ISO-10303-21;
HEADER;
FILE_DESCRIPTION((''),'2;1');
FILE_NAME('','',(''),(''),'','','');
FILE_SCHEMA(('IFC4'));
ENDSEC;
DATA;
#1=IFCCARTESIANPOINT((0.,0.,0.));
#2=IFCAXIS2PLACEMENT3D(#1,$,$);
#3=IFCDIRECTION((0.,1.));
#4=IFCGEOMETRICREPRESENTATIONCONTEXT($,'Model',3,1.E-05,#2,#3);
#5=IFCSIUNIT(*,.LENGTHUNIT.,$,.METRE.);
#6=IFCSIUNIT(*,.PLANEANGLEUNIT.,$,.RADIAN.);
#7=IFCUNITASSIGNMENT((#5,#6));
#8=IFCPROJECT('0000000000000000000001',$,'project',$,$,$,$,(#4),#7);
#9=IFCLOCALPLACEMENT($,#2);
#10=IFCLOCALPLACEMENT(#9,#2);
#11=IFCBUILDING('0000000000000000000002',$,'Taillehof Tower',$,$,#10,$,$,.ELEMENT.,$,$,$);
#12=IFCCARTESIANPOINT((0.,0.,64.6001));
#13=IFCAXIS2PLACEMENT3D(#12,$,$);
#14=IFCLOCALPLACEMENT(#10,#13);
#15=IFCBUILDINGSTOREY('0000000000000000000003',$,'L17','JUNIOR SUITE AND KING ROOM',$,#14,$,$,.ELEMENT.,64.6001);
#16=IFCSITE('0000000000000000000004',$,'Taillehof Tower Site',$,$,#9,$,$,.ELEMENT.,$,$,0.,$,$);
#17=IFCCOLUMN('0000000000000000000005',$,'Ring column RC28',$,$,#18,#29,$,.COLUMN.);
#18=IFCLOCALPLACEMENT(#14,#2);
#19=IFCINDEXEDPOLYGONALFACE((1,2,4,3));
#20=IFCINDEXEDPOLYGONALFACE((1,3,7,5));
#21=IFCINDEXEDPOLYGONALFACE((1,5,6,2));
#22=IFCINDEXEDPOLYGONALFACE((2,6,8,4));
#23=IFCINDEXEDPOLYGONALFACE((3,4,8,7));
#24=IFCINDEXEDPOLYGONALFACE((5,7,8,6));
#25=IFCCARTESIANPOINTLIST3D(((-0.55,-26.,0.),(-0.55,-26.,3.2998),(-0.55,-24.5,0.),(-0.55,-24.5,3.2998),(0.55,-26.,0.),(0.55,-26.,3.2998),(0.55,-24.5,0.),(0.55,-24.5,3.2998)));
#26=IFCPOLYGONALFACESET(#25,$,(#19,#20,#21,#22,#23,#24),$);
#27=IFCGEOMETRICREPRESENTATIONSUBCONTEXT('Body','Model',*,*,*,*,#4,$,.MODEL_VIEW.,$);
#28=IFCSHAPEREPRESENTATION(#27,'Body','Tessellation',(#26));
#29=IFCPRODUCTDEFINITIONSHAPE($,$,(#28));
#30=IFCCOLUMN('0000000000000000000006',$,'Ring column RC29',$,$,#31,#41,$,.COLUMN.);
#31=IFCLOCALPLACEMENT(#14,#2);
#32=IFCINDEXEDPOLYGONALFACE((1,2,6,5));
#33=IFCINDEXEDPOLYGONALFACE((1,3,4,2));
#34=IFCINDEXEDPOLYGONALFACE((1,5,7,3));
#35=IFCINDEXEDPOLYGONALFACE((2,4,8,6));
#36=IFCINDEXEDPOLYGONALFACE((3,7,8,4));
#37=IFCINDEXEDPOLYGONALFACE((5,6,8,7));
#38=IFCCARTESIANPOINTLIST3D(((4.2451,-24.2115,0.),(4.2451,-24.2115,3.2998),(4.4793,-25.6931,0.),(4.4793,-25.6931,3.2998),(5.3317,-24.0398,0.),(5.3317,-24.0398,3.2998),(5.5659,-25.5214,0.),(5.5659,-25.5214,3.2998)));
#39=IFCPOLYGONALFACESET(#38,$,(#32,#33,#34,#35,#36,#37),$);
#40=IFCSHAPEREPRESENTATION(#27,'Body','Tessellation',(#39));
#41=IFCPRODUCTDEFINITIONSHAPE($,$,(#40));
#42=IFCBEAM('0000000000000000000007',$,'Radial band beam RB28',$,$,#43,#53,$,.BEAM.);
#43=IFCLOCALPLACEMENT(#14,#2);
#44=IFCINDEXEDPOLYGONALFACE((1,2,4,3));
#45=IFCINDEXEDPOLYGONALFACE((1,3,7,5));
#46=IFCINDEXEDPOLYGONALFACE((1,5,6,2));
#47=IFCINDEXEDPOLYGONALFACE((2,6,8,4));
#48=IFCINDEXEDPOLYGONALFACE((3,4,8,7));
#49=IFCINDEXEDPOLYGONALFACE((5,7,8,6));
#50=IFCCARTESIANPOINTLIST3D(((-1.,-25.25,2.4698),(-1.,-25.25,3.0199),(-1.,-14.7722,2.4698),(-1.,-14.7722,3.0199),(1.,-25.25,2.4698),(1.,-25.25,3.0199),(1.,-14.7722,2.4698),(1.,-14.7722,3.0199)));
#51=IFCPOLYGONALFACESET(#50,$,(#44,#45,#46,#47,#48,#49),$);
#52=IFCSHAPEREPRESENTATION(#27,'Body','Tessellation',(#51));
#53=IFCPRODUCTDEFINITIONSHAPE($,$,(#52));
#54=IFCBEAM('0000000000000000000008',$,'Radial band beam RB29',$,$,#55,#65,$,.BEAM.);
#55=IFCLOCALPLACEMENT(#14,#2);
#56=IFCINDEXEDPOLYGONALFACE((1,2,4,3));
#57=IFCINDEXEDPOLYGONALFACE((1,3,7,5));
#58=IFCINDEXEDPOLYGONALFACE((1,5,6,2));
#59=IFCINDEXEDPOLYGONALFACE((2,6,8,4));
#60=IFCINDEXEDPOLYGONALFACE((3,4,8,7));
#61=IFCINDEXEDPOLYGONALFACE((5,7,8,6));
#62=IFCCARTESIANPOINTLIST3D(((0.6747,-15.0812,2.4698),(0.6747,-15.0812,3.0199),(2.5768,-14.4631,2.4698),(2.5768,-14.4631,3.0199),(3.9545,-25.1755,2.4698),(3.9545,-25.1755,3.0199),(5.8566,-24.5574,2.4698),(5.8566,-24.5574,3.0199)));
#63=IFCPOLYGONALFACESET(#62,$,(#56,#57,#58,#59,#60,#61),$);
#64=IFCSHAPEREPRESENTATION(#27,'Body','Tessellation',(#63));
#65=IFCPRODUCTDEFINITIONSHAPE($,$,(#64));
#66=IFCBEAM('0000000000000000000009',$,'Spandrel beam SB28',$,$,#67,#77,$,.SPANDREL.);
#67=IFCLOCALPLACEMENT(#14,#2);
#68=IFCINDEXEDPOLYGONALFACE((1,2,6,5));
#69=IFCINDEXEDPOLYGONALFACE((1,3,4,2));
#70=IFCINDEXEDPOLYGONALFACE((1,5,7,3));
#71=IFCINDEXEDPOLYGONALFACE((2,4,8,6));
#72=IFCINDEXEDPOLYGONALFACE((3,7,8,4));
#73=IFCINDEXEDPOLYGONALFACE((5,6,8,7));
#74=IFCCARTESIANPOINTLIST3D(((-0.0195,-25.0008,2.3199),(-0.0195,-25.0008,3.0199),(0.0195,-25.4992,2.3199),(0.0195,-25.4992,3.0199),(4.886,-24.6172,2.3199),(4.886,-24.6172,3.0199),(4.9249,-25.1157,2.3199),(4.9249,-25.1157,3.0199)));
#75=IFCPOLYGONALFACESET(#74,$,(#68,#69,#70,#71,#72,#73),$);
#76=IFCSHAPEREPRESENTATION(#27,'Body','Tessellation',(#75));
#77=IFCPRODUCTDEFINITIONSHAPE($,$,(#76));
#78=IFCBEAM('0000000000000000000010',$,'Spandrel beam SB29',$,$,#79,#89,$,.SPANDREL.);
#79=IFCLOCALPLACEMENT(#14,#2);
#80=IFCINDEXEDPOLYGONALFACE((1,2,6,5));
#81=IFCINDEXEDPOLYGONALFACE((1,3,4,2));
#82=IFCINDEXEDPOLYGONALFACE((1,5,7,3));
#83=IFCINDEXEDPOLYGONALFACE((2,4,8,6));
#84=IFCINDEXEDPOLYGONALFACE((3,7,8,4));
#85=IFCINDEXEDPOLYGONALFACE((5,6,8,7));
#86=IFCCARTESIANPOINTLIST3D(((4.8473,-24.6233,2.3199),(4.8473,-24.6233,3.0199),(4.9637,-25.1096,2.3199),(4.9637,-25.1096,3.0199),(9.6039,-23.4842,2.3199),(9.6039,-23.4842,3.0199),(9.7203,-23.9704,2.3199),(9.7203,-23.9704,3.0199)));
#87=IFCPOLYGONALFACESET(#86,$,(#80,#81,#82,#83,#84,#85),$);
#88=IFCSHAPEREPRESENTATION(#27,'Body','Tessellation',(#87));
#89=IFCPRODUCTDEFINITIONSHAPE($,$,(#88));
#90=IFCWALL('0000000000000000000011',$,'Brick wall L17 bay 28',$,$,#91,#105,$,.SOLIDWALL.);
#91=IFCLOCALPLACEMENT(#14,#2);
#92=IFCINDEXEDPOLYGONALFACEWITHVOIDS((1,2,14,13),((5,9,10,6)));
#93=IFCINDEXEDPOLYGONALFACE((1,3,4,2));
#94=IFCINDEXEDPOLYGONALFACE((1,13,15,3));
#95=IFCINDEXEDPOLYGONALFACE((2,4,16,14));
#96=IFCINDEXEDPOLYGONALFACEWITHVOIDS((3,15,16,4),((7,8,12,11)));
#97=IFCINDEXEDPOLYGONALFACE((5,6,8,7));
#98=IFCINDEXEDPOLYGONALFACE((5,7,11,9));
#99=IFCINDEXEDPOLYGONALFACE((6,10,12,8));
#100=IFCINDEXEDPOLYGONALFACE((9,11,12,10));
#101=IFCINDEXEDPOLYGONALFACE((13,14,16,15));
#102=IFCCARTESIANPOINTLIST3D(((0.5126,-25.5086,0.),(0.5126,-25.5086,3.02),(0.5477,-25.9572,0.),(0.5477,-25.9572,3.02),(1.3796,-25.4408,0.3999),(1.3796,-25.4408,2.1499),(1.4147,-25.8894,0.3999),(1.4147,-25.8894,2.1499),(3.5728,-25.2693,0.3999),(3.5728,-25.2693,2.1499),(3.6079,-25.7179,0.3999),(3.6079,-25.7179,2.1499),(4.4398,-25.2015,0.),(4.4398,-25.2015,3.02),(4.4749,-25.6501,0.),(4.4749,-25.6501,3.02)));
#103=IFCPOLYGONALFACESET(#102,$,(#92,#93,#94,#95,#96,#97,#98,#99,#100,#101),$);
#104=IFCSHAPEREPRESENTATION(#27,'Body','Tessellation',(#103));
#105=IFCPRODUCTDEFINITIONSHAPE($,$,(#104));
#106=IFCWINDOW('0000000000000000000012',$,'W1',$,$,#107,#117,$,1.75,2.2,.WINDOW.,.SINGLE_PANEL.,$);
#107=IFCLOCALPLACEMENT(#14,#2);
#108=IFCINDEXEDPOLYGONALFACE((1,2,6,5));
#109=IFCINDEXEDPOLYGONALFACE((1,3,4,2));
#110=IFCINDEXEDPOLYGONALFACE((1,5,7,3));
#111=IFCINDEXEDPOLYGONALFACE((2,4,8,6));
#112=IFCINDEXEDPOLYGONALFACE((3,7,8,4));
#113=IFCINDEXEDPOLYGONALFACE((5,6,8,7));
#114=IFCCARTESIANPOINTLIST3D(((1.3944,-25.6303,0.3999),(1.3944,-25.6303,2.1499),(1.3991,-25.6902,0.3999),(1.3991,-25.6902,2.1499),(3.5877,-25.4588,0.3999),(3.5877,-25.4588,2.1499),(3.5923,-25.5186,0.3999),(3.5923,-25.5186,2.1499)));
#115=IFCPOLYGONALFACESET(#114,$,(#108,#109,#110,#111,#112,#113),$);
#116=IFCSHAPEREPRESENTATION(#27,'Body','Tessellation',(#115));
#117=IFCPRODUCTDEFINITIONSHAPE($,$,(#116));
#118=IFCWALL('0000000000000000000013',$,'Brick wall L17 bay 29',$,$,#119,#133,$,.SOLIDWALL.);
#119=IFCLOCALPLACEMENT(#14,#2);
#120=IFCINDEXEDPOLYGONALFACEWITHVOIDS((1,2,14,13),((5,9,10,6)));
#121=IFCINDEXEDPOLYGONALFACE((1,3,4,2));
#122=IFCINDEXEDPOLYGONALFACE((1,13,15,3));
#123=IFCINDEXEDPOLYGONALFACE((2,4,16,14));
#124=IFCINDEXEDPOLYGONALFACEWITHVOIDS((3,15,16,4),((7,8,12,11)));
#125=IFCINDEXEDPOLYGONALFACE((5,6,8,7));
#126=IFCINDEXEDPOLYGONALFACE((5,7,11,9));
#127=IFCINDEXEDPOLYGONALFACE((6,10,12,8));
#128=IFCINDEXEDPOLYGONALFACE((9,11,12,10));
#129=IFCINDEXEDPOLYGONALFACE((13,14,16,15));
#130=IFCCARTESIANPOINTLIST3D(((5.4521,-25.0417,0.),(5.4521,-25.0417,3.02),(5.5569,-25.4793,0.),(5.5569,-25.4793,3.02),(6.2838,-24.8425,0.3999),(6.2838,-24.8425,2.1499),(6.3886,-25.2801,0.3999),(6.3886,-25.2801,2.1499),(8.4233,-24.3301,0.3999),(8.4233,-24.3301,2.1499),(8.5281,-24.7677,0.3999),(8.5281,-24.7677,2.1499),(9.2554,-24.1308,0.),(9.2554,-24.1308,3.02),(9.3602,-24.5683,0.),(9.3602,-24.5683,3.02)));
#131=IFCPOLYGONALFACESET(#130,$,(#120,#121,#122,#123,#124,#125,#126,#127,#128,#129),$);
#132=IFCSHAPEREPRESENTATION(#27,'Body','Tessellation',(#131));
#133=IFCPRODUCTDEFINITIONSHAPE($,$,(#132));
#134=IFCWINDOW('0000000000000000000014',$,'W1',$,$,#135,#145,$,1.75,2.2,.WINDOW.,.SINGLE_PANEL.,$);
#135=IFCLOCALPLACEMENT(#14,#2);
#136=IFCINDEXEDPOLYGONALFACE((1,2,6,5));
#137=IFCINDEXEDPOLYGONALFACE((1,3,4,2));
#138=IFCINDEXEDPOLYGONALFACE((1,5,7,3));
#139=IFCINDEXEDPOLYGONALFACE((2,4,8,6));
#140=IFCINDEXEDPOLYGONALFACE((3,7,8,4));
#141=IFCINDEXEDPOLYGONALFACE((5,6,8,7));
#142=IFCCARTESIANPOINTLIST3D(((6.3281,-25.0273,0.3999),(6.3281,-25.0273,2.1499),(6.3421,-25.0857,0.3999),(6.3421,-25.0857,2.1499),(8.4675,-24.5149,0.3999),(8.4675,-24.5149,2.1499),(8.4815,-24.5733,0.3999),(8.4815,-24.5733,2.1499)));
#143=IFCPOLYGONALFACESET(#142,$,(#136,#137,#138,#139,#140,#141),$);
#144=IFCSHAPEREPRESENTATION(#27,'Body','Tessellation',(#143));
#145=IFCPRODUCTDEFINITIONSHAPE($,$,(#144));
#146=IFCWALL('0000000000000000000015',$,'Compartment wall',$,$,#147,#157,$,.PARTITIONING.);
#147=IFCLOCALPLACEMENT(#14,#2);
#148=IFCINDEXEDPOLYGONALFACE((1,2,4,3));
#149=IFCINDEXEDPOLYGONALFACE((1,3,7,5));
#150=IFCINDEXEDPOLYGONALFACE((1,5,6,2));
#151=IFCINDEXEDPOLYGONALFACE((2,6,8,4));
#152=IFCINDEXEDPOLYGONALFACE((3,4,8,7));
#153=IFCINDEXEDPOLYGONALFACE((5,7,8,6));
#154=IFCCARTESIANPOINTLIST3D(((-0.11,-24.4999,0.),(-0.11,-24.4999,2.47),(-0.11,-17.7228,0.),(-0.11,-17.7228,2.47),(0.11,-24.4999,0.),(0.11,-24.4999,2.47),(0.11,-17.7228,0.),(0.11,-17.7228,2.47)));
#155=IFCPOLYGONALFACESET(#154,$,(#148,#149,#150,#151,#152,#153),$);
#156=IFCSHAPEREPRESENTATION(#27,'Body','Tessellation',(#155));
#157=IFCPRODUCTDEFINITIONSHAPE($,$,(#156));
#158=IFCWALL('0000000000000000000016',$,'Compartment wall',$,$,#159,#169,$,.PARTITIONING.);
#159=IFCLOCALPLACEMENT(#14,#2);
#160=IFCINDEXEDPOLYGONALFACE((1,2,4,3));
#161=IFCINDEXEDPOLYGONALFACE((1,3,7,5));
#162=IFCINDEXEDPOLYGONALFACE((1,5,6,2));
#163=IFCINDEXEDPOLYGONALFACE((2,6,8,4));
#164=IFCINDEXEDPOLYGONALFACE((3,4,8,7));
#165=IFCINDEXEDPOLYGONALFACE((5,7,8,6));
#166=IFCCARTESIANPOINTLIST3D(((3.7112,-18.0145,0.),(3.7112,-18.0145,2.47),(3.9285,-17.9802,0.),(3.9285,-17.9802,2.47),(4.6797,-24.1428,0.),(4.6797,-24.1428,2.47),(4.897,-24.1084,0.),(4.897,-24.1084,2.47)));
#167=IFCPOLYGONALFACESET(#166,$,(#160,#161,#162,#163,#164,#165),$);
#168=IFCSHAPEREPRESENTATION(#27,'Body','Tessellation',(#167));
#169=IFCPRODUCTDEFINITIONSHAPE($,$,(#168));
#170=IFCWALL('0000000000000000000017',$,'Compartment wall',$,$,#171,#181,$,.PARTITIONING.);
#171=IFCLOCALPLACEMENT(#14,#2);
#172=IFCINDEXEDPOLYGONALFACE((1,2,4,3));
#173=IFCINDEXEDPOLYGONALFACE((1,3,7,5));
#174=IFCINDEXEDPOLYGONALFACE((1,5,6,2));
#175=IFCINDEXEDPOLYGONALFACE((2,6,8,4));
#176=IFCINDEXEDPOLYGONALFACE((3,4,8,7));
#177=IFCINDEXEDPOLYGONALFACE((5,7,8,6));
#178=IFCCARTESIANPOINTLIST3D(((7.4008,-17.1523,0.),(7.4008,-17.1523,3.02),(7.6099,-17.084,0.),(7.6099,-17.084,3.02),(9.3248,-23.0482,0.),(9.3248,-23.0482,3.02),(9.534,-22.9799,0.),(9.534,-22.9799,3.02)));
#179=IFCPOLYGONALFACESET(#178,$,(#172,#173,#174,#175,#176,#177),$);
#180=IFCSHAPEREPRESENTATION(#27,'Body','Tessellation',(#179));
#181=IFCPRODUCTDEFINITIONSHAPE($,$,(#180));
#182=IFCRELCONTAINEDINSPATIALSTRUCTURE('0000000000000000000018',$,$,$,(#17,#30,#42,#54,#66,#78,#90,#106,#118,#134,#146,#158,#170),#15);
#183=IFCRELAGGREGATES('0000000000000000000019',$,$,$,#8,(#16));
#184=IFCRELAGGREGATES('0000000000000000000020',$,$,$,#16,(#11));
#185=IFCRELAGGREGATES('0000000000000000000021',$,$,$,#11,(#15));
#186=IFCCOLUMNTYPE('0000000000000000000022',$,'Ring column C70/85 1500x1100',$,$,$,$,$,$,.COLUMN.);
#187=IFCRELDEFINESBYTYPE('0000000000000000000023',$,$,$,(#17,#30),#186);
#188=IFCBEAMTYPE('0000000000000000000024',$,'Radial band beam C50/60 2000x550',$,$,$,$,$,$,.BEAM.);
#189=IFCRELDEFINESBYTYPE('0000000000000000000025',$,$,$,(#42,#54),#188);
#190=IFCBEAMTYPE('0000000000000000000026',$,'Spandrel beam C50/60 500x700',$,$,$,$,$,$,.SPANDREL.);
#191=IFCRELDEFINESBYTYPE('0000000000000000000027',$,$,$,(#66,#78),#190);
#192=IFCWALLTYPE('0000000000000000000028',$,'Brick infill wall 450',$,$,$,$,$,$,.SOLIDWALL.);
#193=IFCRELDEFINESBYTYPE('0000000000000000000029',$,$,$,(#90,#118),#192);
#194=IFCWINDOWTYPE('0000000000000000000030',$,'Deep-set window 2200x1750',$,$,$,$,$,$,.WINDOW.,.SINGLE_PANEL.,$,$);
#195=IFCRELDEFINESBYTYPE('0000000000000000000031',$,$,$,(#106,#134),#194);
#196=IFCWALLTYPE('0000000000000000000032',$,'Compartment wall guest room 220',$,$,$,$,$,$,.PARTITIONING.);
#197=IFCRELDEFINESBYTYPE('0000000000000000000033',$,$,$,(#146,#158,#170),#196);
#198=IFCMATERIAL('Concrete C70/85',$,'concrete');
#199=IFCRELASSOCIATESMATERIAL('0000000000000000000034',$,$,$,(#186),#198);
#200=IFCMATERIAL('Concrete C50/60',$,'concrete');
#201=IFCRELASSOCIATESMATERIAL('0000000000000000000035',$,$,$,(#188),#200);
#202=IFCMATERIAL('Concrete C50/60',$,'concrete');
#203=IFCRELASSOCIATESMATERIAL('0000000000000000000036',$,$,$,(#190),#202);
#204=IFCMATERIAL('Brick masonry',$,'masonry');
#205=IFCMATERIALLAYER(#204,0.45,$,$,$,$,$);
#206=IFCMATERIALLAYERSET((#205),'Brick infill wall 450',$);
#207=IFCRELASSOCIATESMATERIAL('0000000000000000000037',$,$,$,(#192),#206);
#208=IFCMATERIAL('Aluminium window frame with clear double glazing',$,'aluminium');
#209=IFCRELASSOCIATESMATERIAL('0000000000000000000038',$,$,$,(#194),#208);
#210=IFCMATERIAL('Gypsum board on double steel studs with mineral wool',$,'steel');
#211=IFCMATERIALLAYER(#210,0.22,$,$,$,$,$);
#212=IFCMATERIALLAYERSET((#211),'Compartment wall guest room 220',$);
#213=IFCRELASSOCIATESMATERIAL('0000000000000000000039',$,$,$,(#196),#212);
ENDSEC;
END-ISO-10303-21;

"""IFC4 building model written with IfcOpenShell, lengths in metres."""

from ifc_helpers import new_model, si_unit, direction, frame, frame_2d, origin, origin_2d, place, context, subcontext, project, spatial, rectangle, extrude, material, layer, layer_set, material_profile, profile_set, type_object, element, fill, save


model = new_model("IFC4")

# Units and contexts
model_context = context("Model", 3, precision=1e-05, world=origin(), true_north=direction((0.0, 1.0)))
body_context = subcontext(model_context, "Body", "Model", "MODEL_VIEW")
ifc_project = project(units=[si_unit("LENGTHUNIT", "METRE"), si_unit("PLANEANGLEUNIT", "RADIAN")], contexts=[model_context])

# Site, building, storey
site_placement = place(None, origin())
site = spatial("IfcSite", under=ifc_project, at=site_placement, Name="Taillehof Tower Site", CompositionType="ELEMENT", RefElevation=0.0)
building_placement = place(site_placement, origin())
building = spatial("IfcBuilding", under=site, at=building_placement, Name="Taillehof Tower", CompositionType="ELEMENT")
storey_placement = place(building_placement, frame((0.0, 0.0, 64.6001)))
storey = spatial("IfcBuildingStorey", under=building, at=storey_placement, Name="L17", Description="JUNIOR SUITE AND KING ROOM", CompositionType="ELEMENT", Elevation=64.6001)

# Columns
ifc_material_1 = material(Name="Concrete C70/85", Category="concrete")
ifc_material_profile_1 = material_profile(ifc_material_1, rectangle(XDim=1.5, YDim=1.1001, at=origin_2d()), Name="RC 1500x1100")
ifc_profile_set_1 = profile_set([ifc_material_profile_1], Name="Concrete C70/85")
column_type = type_object("IfcColumnType", Name="Ring column C70/85 1500x1100", PredefinedType="COLUMN", material=ifc_profile_set_1)
for number, where, z_axis, x_axis, name in (
    (1, (0.0, -25.25, 0.0), (0.0, 0.0, 1.0), (0.0, -1.0, 0.0), "Ring column RC28"),
    (2, (4.9055, -24.8665, 0.0), (0.0, 0.0, 1.0), (0.156147, -0.987734, 0.0), "Ring column RC29"),
):
    element("IfcColumn", number, at=place(storey_placement, frame(where, z_axis=z_axis, x_axis=x_axis)), inside=storey, type_object=column_type, Name=name, PredefinedType="COLUMN", context=body_context, shape_type="SweptSolid", body=[
        extrude(rectangle(XDim=1.5, YDim=1.1001, at=origin_2d()), origin(), (0.0, 0.0, 1.0), 3.2998),
    ])

# Beams
ifc_material_2 = material(Name="Concrete C50/60", Category="concrete")
ifc_material_profile_2 = material_profile(ifc_material_2, rectangle(XDim=2.0, YDim=0.55, at=origin_2d()), Name="RC 2000x550")
ifc_profile_set_2 = profile_set([ifc_material_profile_2], Name="Concrete C50/60")
beam_type_1 = type_object("IfcBeamType", Name="Radial band beam C50/60 2000x550", PredefinedType="BEAM", material=ifc_profile_set_2)
beam_1_placement = place(storey_placement, frame((0.0, -25.25, 2.7449), z_axis=(0.0, 1.0, 0.0), x_axis=(-1.0, 0.0, 0.0)))
element("IfcBeam", 3, at=beam_1_placement, inside=storey, type_object=beam_type_1, Name="Radial band beam RB28", PredefinedType="BEAM", context=body_context, shape_type="SweptSolid", body=[
    extrude(rectangle(XDim=2.0, YDim=0.55, at=origin_2d()), origin(), (0.0, 0.0, 1.0), 10.4778),
])
beam_2_placement = place(storey_placement, frame((4.9055, -24.8665, 2.7449), z_axis=(-0.309014, 0.951057, 0.0), x_axis=(-0.951057, -0.309014, 0.0)))
element("IfcBeam", 4, at=beam_2_placement, inside=storey, type_object=beam_type_1, Name="Radial band beam RB29", PredefinedType="BEAM", context=body_context, shape_type="SweptSolid", body=[
    extrude(rectangle(XDim=2.0, YDim=0.55, at=origin_2d()), origin(), (0.0, 0.0, 1.0), 10.6138),
])
ifc_material_3 = material(Name="Concrete C50/60", Category="concrete")
ifc_material_profile_3 = material_profile(ifc_material_3, rectangle(XDim=0.5, YDim=0.7, at=origin_2d()), Name="RC 500x700")
ifc_profile_set_3 = profile_set([ifc_material_profile_3], Name="Concrete C50/60")
beam_type_2 = type_object("IfcBeamType", Name="Spandrel beam C50/60 500x700", PredefinedType="SPANDREL", material=ifc_profile_set_3)
beam_3_placement = place(storey_placement, frame((0.0, -25.25, 2.6699), z_axis=(0.996957, 0.077949, 0.0), x_axis=(-0.077949, 0.996957, 0.0)))
element("IfcBeam", 5, at=beam_3_placement, inside=storey, type_object=beam_type_2, Name="Spandrel beam SB28", PredefinedType="SPANDREL", context=body_context, shape_type="SweptSolid", body=[
    extrude(rectangle(XDim=0.5, YDim=0.7, at=origin_2d()), origin(), (0.0, 0.0, 1.0), 4.9204),
])
beam_4_placement = place(storey_placement, frame((4.9055, -24.8665, 2.6699), z_axis=(0.9725, 0.232905, 0.0), x_axis=(-0.232905, 0.9725, 0.0)))
element("IfcBeam", 6, at=beam_4_placement, inside=storey, type_object=beam_type_2, Name="Spandrel beam SB29", PredefinedType="SPANDREL", context=body_context, shape_type="SweptSolid", body=[
    extrude(rectangle(XDim=0.5, YDim=0.7, at=origin_2d()), origin(), (0.0, 0.0, 1.0), 4.8911),
])

# Walls, openings, windows
ifc_material_4 = material(Name="Brick masonry", Category="masonry")
ifc_layer_1 = layer(ifc_material_4, 0.45)
ifc_layer_set_1 = layer_set([ifc_layer_1], Name="Brick infill wall 450")
wall_type_1 = type_object("IfcWallType", Name="Brick infill wall 450", PredefinedType="SOLIDWALL", material=ifc_layer_set_1)
wall_1_placement = place(storey_placement, frame((0.53, -25.7329, 0.0), z_axis=(0.0, 0.0, 1.0), x_axis=(0.996956, 0.077967, 0.0)))
wall_1 = element("IfcWall", 7, at=wall_1_placement, inside=storey, type_object=wall_type_1, Name="Brick wall L17 bay 28", PredefinedType="SOLIDWALL", context=body_context, shape_type="SweptSolid", body=[
    extrude(rectangle(XDim=3.9392, YDim=0.45, at=frame_2d((1.9697, 0.0))), origin(), (0.0, 0.0, 1.0), 3.02),
])
opening_1_placement = place(wall_1_placement, frame((0.8696, 0.0, 0.3999)))
opening_1 = element("IfcOpeningElement", 8, at=opening_1_placement, cuts=wall_1, PredefinedType="OPENING", context=body_context, shape_type="SweptSolid", body=[
    extrude(rectangle(XDim=2.2, YDim=1.75, at=frame_2d((1.1001, 0.875))), frame((0.0, 0.2349, 0.0), z_axis=(0.0, -1.0, 0.0), x_axis=(1.0, 0.0, 0.0)), (0.0, 0.0, 1.0), 0.47),
])
ifc_material_5 = material(Name="Aluminium window frame with clear double glazing", Category="aluminium")
window_type = type_object("IfcWindowType", Name="Deep-set window 2200x1750", PartitioningType="SINGLE_PANEL", PredefinedType="WINDOW", material=ifc_material_5)
window_1_placement = place(opening_1_placement, origin())
window_1 = element("IfcWindow", 9, at=window_1_placement, inside=storey, type_object=window_type, Name="W1", OverallHeight=1.75, OverallWidth=2.2, PartitioningType="SINGLE_PANEL", PredefinedType="WINDOW", context=body_context, shape_type="SweptSolid", body=[
    extrude(rectangle(XDim=2.2, YDim=1.75, at=frame_2d((1.1001, 0.875))), frame((0.0, 0.0349, 0.0), z_axis=(0.0, -1.0, 0.0), x_axis=(1.0, 0.0, 0.0)), (0.0, 0.0, 1.0), 0.0601),
])
fill(opening_1, window_1)
wall_2_placement = place(storey_placement, frame((5.5044, -25.2605, 0.0), z_axis=(0.0, 0.0, 1.0), x_axis=(0.972497, 0.232917, 0.0)))
wall_2 = element("IfcWall", 10, at=wall_2_placement, inside=storey, type_object=wall_type_1, Name="Brick wall L17 bay 29", PredefinedType="SOLIDWALL", context=body_context, shape_type="SweptSolid", body=[
    extrude(rectangle(XDim=3.9109, YDim=0.45, at=frame_2d((1.9556, 0.0))), origin(), (0.0, 0.0, 1.0), 3.02),
])
opening_2_placement = place(wall_2_placement, frame((0.8552, 0.0, 0.3999)))
opening_2 = element("IfcOpeningElement", 11, at=opening_2_placement, cuts=wall_2, PredefinedType="OPENING", context=body_context, shape_type="SweptSolid", body=[
    extrude(rectangle(XDim=2.2, YDim=1.75, at=frame_2d((1.1001, 0.875))), frame((0.0, 0.2349, 0.0), z_axis=(0.0, -1.0, 0.0), x_axis=(1.0, 0.0, 0.0)), (0.0, 0.0, 1.0), 0.47),
])
window_2_placement = place(opening_2_placement, origin())
window_2 = element("IfcWindow", 12, at=window_2_placement, inside=storey, type_object=window_type, Name="W1", OverallHeight=1.75, OverallWidth=2.2, PartitioningType="SINGLE_PANEL", PredefinedType="WINDOW", context=body_context, shape_type="SweptSolid", body=[
    extrude(rectangle(XDim=2.2, YDim=1.75, at=frame_2d((1.1001, 0.875))), frame((0.0, 0.0349, 0.0), z_axis=(0.0, -1.0, 0.0), x_axis=(1.0, 0.0, 0.0)), (0.0, 0.0, 1.0), 0.0601),
])
fill(opening_2, window_2)

# Walls
ifc_material_6 = material(Name="Gypsum board on double steel studs with mineral wool", Category="steel")
ifc_layer_2 = layer(ifc_material_6, 0.22)
ifc_layer_set_2 = layer_set([ifc_layer_2], Name="Compartment wall guest room 220")
wall_type_2 = type_object("IfcWallType", Name="Compartment wall guest room 220", PredefinedType="PARTITIONING", material=ifc_layer_set_2)
wall_3_placement = place(storey_placement, frame((0.0, -24.5, 0.0), z_axis=(0.0, 0.0, 1.0), x_axis=(0.0, 1.0, 0.0)))
element("IfcWall", 13, at=wall_3_placement, inside=storey, type_object=wall_type_2, Name="Compartment wall", PredefinedType="PARTITIONING", context=body_context, shape_type="SweptSolid", body=[
    extrude(rectangle(XDim=6.7771, YDim=0.22, at=frame_2d((3.3887, 0.0))), origin(), (0.0, 0.0, 1.0), 2.47),
])
wall_4_placement = place(storey_placement, frame((4.7883, -24.1255, 0.0), z_axis=(0.0, 0.0, 1.0), x_axis=(-0.156104, 0.987741, 0.0)))
element("IfcWall", 14, at=wall_4_placement, inside=storey, type_object=wall_type_2, Name="Compartment wall", PredefinedType="PARTITIONING", context=body_context, shape_type="SweptSolid", body=[
    extrude(rectangle(XDim=6.2043, YDim=0.22, at=frame_2d((3.1021, 0.0))), origin(), (0.0, 0.0, 1.0), 2.47),
])
wall_5_placement = place(storey_placement, frame((9.4294, -23.0142, 0.0), z_axis=(0.0, 0.0, 1.0), x_axis=(-0.310234, 0.95066, 0.0)))
element("IfcWall", 15, at=wall_5_placement, inside=storey, type_object=wall_type_2, Name="Compartment wall", PredefinedType="PARTITIONING", context=body_context, shape_type="SweptSolid", body=[
    extrude(rectangle(XDim=6.2019, YDim=0.22, at=frame_2d((3.1011, 0.0))), origin(), (0.0, 0.0, 1.0), 3.02),
])

save(model, "model.ifc")
